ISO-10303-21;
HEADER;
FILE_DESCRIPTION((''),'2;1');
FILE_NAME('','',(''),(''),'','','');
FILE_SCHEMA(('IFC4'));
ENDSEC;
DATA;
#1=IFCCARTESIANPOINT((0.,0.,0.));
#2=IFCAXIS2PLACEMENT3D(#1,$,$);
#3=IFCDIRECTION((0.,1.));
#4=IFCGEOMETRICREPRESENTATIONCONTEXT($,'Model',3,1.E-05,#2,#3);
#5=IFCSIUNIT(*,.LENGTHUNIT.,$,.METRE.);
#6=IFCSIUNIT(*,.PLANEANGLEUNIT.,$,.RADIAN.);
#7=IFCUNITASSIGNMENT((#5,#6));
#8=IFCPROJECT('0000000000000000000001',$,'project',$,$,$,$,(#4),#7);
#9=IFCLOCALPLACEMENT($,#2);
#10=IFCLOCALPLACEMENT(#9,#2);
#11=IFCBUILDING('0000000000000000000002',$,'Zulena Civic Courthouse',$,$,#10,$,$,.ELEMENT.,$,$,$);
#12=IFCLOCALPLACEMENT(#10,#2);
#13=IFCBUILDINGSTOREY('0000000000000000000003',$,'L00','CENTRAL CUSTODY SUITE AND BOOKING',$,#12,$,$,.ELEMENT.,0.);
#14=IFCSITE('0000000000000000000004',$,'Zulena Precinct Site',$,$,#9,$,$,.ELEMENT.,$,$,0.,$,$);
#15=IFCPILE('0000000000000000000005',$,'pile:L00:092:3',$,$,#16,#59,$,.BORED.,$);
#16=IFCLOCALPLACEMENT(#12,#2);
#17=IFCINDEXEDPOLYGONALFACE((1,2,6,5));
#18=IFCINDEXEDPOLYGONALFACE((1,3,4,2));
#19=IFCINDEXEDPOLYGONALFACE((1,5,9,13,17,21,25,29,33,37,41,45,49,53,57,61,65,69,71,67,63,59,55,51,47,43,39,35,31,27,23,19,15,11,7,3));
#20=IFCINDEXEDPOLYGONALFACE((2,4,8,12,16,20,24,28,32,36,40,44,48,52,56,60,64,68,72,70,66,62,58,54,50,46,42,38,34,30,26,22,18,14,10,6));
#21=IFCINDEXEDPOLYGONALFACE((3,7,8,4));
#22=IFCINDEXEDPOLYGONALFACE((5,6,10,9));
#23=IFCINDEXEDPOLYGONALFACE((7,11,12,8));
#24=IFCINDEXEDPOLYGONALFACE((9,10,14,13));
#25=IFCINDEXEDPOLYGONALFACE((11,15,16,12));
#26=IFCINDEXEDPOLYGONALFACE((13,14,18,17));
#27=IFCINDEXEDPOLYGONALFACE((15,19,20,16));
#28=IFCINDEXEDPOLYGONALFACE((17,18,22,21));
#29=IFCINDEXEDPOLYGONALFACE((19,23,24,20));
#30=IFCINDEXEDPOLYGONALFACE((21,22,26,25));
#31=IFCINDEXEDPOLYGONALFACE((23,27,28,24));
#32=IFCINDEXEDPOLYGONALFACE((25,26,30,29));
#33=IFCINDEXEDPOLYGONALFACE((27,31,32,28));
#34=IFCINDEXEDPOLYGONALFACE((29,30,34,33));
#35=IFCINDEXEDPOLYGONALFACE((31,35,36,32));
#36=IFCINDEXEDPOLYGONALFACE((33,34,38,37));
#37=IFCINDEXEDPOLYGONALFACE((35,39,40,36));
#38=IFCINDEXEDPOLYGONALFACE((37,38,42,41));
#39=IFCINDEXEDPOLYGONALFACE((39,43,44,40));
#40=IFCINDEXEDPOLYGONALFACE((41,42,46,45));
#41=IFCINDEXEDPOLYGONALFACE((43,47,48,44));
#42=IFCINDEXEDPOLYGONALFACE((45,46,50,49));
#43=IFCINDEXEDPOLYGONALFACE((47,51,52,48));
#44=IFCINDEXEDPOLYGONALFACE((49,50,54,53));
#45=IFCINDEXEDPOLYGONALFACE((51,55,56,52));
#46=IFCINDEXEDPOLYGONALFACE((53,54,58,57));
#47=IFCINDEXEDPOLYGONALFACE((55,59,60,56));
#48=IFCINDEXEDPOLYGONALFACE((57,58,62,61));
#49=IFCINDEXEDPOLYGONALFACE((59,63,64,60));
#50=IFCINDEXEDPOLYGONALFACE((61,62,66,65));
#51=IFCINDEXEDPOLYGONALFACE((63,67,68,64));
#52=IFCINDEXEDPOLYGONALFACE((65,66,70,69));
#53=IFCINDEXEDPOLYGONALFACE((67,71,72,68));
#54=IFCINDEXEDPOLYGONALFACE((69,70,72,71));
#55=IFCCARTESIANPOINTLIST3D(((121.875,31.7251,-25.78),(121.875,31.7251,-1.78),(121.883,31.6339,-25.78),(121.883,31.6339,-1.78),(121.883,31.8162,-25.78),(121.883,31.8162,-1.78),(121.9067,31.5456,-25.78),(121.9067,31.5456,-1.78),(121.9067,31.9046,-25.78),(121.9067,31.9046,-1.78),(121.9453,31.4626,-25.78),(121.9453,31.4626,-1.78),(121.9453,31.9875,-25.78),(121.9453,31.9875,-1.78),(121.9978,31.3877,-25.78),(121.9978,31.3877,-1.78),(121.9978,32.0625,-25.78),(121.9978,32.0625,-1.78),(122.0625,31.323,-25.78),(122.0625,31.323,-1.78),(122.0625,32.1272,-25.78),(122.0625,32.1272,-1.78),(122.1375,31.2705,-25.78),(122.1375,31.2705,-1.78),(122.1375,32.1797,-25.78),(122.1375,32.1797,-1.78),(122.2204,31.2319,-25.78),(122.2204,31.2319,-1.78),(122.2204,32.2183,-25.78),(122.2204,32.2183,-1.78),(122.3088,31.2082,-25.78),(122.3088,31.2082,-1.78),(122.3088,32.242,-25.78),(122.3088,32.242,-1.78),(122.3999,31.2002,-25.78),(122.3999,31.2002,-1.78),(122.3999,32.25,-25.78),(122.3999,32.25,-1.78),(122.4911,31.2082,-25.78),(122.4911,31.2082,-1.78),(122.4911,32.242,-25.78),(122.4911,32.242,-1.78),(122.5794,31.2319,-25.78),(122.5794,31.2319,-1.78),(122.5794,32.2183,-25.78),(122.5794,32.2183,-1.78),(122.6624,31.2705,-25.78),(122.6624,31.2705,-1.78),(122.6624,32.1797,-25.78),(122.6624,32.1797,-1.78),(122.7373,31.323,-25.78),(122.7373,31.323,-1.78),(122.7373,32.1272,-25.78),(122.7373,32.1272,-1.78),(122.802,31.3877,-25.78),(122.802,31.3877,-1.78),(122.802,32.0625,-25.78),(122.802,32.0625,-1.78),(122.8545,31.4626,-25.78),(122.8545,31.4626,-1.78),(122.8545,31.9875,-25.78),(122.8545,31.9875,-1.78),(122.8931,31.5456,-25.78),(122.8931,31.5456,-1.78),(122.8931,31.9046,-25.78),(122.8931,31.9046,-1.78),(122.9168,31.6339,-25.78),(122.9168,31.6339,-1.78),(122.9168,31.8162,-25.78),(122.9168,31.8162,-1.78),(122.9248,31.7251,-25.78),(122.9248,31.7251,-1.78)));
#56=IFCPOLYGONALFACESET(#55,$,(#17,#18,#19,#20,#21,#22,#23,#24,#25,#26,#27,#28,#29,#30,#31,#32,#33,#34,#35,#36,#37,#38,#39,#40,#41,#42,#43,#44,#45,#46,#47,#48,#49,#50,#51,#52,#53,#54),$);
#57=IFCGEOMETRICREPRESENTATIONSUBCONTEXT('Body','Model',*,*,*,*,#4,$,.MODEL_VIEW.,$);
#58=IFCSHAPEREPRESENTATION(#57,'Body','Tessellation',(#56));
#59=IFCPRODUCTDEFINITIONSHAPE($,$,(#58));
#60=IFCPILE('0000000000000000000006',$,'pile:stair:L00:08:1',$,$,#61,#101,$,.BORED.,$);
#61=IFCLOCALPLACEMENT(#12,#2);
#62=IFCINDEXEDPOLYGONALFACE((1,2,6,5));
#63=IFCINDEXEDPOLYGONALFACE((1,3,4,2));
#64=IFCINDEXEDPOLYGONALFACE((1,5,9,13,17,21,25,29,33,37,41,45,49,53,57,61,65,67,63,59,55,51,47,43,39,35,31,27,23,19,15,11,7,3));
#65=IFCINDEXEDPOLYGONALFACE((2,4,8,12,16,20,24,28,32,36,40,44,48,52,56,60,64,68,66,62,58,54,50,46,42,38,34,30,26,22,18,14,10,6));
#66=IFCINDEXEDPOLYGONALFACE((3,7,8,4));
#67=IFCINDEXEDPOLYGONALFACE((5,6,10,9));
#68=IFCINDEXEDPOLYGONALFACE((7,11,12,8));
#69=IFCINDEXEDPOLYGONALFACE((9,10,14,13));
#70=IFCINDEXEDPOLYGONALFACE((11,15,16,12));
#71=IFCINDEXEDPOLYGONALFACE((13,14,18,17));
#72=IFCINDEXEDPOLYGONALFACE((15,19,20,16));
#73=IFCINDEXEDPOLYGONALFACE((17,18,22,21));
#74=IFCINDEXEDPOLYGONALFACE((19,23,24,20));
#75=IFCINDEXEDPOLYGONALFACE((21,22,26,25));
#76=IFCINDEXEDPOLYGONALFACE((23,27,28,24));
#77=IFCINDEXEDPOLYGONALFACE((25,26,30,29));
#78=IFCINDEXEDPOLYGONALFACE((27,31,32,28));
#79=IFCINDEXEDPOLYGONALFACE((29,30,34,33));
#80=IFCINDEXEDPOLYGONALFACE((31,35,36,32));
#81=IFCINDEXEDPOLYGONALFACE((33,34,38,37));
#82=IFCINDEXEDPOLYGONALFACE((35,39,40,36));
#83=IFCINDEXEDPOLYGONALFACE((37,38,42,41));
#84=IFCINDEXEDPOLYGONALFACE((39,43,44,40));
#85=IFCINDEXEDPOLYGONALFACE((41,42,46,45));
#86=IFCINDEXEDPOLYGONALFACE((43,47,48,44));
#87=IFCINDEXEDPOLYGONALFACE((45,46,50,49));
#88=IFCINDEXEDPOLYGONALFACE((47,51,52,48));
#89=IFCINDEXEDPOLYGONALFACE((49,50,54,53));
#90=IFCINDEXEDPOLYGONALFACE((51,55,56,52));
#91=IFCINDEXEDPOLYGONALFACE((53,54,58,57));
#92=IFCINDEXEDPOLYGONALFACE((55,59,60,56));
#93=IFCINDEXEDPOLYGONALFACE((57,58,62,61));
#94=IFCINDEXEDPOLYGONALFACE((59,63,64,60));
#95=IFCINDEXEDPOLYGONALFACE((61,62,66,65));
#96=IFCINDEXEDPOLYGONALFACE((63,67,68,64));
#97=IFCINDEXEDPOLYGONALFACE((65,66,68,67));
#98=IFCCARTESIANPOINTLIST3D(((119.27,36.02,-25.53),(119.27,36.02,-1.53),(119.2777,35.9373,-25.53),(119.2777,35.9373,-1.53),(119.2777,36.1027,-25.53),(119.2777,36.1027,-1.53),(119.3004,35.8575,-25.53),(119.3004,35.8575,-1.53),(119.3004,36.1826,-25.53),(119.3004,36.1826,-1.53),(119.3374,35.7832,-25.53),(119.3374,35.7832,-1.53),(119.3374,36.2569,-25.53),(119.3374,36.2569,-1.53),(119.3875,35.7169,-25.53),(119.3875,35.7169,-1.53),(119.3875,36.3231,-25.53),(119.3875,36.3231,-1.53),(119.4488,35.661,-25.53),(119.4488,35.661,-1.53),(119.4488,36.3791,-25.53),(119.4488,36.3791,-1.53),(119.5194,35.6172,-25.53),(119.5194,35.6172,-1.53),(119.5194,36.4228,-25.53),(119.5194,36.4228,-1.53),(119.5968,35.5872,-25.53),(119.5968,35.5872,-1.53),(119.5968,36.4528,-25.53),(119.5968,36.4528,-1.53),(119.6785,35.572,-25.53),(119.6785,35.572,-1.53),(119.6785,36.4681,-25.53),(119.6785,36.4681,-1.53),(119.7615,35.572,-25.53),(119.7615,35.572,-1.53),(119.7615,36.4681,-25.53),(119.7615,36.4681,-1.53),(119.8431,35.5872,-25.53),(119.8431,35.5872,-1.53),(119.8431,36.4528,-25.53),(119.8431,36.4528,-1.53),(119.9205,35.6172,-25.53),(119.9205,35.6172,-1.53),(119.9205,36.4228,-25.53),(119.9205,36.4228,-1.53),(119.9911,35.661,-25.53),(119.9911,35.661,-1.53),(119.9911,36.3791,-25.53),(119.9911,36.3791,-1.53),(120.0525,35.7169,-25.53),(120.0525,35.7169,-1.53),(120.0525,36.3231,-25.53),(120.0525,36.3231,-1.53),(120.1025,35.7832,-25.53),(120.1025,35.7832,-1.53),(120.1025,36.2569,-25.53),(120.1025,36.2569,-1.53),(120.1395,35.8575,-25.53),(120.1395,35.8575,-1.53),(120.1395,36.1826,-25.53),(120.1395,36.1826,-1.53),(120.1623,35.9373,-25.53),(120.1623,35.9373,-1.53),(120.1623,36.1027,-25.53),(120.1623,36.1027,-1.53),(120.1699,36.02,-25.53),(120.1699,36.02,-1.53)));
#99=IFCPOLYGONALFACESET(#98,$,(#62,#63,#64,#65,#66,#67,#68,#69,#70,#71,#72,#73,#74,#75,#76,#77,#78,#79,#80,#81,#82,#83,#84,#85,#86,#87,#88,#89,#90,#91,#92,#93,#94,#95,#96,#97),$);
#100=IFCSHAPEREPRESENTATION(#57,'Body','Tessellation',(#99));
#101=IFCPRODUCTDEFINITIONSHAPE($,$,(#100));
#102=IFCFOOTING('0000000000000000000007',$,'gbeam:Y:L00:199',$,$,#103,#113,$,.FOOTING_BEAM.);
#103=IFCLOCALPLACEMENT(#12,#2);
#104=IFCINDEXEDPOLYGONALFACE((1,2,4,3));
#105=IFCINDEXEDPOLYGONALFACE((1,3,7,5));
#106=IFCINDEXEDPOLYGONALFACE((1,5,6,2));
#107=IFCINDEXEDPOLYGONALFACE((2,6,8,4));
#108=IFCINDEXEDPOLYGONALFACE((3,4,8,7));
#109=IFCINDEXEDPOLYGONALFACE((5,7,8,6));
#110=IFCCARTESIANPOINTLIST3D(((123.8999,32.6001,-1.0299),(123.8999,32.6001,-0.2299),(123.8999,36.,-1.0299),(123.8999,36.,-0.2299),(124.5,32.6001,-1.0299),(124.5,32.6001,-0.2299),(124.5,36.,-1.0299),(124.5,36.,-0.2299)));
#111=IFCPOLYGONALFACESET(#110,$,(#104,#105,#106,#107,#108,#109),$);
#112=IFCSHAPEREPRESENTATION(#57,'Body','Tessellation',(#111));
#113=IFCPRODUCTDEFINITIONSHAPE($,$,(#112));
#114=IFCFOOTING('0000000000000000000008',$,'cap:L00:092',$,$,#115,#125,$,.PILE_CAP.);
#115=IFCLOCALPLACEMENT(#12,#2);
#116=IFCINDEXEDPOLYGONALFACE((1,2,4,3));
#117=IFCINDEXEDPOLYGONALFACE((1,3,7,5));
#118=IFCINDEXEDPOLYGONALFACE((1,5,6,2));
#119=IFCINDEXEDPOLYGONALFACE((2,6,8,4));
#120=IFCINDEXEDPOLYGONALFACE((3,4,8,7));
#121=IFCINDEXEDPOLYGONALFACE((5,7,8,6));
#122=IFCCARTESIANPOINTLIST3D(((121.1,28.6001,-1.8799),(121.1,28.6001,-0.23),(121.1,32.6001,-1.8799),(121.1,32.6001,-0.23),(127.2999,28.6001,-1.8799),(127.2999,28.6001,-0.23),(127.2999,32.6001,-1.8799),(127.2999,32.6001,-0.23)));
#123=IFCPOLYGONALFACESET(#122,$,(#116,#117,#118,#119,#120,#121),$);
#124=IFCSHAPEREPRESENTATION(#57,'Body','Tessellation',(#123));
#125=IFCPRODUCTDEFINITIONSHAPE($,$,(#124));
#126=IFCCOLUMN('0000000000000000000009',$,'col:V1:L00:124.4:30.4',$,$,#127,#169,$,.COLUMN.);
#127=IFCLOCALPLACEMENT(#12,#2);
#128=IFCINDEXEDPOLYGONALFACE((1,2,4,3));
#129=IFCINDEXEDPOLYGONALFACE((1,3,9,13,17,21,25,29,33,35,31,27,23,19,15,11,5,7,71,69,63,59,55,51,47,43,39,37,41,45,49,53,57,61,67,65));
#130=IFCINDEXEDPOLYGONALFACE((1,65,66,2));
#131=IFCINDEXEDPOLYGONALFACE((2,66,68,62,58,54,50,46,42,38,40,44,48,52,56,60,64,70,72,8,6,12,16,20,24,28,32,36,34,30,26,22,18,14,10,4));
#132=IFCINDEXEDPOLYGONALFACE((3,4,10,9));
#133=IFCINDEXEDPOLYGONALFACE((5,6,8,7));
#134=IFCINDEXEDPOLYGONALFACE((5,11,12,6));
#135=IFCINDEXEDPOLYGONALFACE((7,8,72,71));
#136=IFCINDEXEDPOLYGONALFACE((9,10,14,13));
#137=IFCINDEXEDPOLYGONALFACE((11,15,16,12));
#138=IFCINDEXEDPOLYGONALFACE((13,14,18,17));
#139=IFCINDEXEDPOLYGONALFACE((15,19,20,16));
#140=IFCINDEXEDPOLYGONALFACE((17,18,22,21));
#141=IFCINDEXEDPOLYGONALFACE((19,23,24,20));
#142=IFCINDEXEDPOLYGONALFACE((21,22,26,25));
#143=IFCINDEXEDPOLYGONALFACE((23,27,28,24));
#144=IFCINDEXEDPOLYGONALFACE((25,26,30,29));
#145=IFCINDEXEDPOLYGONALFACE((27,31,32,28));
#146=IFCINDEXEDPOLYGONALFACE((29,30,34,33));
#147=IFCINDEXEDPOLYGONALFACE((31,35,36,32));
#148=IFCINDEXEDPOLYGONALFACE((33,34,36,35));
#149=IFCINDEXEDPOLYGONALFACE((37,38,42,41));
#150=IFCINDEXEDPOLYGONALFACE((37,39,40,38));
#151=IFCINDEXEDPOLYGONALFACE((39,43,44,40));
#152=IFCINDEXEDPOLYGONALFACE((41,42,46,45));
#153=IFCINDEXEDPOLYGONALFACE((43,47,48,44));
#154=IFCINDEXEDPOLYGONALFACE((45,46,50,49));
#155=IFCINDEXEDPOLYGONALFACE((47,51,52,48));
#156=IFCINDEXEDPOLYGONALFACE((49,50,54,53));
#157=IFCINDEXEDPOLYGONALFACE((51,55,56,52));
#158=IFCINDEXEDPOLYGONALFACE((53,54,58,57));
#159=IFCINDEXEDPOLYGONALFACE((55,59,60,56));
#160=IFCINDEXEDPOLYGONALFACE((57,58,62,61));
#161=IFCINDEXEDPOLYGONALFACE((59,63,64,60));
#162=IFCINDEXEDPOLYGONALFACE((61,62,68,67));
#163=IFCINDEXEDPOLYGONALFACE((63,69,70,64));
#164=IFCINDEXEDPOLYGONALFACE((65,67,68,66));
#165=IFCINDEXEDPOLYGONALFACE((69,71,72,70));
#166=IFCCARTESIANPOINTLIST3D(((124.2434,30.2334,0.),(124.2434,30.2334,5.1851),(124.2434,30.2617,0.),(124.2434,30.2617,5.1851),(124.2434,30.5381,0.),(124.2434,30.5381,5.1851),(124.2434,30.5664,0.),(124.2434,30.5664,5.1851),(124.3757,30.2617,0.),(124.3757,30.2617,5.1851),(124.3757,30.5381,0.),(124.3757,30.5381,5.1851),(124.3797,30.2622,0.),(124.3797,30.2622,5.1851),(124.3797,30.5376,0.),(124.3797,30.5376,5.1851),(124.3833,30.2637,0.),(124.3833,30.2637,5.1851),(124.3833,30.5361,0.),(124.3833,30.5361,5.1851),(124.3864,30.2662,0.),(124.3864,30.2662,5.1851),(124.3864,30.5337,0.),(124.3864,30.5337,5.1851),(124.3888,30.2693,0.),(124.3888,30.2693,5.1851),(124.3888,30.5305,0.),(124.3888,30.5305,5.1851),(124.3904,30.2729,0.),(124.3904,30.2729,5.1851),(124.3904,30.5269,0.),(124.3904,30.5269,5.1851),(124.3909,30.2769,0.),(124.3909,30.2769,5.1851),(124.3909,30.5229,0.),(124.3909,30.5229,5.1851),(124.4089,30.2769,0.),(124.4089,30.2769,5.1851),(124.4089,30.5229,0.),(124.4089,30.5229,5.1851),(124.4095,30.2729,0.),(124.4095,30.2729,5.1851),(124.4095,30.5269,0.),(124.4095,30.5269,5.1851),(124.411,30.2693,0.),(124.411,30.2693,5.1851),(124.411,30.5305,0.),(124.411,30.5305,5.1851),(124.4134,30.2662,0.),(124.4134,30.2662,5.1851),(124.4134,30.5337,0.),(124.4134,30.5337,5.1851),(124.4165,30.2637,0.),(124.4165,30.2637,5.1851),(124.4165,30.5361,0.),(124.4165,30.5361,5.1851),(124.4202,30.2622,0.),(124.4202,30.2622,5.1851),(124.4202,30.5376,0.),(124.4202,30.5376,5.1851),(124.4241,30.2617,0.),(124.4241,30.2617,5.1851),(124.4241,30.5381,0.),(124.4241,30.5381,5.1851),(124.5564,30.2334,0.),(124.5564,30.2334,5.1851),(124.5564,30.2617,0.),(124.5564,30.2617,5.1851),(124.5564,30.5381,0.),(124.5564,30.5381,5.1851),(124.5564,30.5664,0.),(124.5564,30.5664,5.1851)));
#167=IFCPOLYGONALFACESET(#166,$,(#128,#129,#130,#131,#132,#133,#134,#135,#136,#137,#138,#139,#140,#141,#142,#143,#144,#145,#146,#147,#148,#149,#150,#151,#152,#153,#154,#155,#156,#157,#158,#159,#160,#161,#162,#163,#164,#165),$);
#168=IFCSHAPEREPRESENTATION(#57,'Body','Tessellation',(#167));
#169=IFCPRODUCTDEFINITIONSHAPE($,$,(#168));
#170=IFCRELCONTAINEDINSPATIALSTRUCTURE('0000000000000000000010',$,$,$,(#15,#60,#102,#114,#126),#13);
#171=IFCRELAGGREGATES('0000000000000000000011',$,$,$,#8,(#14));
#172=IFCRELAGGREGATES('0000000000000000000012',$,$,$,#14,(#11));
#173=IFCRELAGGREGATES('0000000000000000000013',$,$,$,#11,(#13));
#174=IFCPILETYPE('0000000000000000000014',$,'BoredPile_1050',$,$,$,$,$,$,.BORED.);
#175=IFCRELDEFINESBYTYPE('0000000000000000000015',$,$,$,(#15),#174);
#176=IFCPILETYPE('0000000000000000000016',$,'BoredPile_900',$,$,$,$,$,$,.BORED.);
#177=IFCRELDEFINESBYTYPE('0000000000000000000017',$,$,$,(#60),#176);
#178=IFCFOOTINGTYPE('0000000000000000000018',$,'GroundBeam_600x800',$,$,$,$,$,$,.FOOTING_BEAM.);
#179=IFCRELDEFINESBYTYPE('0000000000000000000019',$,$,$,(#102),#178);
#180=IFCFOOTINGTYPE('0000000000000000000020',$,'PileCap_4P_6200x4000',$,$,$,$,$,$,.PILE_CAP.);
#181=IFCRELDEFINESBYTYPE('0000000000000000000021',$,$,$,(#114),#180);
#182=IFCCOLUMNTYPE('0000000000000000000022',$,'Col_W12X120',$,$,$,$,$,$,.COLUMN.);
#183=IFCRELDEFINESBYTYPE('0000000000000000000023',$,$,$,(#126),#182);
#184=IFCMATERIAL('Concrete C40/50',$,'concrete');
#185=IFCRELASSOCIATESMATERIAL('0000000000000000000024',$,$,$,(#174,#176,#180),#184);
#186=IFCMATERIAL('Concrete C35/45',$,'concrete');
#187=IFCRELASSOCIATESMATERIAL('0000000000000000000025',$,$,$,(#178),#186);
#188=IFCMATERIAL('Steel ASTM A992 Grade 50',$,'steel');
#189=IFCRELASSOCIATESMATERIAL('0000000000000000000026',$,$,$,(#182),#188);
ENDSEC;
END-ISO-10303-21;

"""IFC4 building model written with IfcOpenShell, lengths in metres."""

from ifc_helpers import new_model, si_unit, direction, frame, origin, origin_2d, place, context, subcontext, project, spatial, rectangle, circle, i_section, extrude, material, material_profile, profile_set, type_object, element, save


model = new_model("IFC4")

# Units and contexts
model_context = context("Model", 3, precision=1e-05, world=origin(), true_north=direction((0.0, 1.0)))
body_context = subcontext(model_context, "Body", "Model", "MODEL_VIEW")
ifc_project = project(units=[si_unit("LENGTHUNIT", "METRE"), si_unit("PLANEANGLEUNIT", "RADIAN")], contexts=[model_context])

# Site, building, storey
site_placement = place(None, origin())
site = spatial("IfcSite", under=ifc_project, at=site_placement, Name="Zulena Precinct Site", CompositionType="ELEMENT", RefElevation=0.0)
building_placement = place(site_placement, origin())
building = spatial("IfcBuilding", under=site, at=building_placement, Name="Zulena Civic Courthouse", CompositionType="ELEMENT")
storey_placement = place(building_placement, origin())
storey = spatial("IfcBuildingStorey", under=building, at=storey_placement, Name="L00", Description="CENTRAL CUSTODY SUITE AND BOOKING", CompositionType="ELEMENT", Elevation=0.0)

# Piles
ifc_material_1 = material(Name="Concrete C40/50", Category="concrete")
ifc_material_profile_1 = material_profile(ifc_material_1, circle(Radius=0.5249, at=origin_2d()), Name="PILE1050")
ifc_profile_set_1 = profile_set([ifc_material_profile_1], Name="Concrete C40/50")
pile_type_1 = type_object("IfcPileType", Name="BoredPile_1050", PredefinedType="BORED", material=ifc_profile_set_1)
pile_1_placement = place(storey_placement, frame((122.3999, 31.7251, -1.78), z_axis=(0.0, 0.0, -1.0), x_axis=(1.0, 0.0, 0.0)))
element("IfcPile", 1, at=pile_1_placement, inside=storey, type_object=pile_type_1, Name="pile:L00:092:3", PredefinedType="BORED", context=body_context, shape_type="SweptSolid", body=[
    extrude(circle(Radius=0.5249, at=origin_2d()), origin(), (0.0, 0.0, 1.0), 24.0),
])
ifc_material_profile_2 = material_profile(ifc_material_1, circle(Radius=0.45, at=origin_2d()), Name="PILE900")
ifc_profile_set_2 = profile_set([ifc_material_profile_2], Name="Concrete C40/50")
pile_type_2 = type_object("IfcPileType", Name="BoredPile_900", PredefinedType="BORED", material=ifc_profile_set_2)
pile_2_placement = place(storey_placement, frame((119.72, 36.02, -1.53), z_axis=(0.0, 0.0, -1.0), x_axis=(1.0, 0.0, 0.0)))
element("IfcPile", 2, at=pile_2_placement, inside=storey, type_object=pile_type_2, Name="pile:stair:L00:08:1", PredefinedType="BORED", context=body_context, shape_type="SweptSolid", body=[
    extrude(circle(Radius=0.45, at=origin_2d()), origin(), (0.0, 0.0, 1.0), 24.0),
])

# Footings
ifc_material_2 = material(Name="Concrete C35/45", Category="concrete")
ifc_material_profile_3 = material_profile(ifc_material_2, rectangle(XDim=0.6001, YDim=0.8, at=origin_2d()), Name="RC600X800")
ifc_profile_set_3 = profile_set([ifc_material_profile_3], Name="Concrete C35/45")
footing_type_1 = type_object("IfcFootingType", Name="GroundBeam_600x800", PredefinedType="FOOTING_BEAM", material=ifc_profile_set_3)
footing_1_placement = place(storey_placement, frame((124.2, 32.6001, -0.6299), z_axis=(0.0, 1.0, 0.0), x_axis=(-1.0, 0.0, 0.0)))
element("IfcFooting", 3, at=footing_1_placement, inside=storey, type_object=footing_type_1, Name="gbeam:Y:L00:199", PredefinedType="FOOTING_BEAM", context=body_context, shape_type="SweptSolid", body=[
    extrude(rectangle(XDim=0.6001, YDim=0.8, at=origin_2d()), origin(), (0.0, 0.0, 1.0), 3.3999),
])
footing_type_2 = type_object("IfcFootingType", Name="PileCap_4P_6200x4000", PredefinedType="PILE_CAP", material=ifc_material_1)
footing_2_placement = place(storey_placement, frame((124.2, 30.6001, -1.8799), z_axis=(0.0, 0.0, 1.0), x_axis=(1.0, 0.0, 0.0)))
element("IfcFooting", 4, at=footing_2_placement, inside=storey, type_object=footing_type_2, Name="cap:L00:092", PredefinedType="PILE_CAP", context=body_context, shape_type="SweptSolid", body=[
    extrude(rectangle(XDim=6.2, YDim=4.0, at=origin_2d()), origin(), (0.0, 0.0, 1.0), 1.6499),
])

# Column
ifc_material_3 = material(Name="Steel ASTM A992 Grade 50", Category="steel")
ifc_material_profile_4 = material_profile(ifc_material_3, i_section(OverallWidth=0.313, OverallDepth=0.333, WebThickness=0.0181, FlangeThickness=0.0283, FilletRadius=0.0151, at=origin_2d()), Name="W12X120")
ifc_profile_set_4 = profile_set([ifc_material_profile_4], Name="Steel ASTM A992 Grade 50")
column_type = type_object("IfcColumnType", Name="Col_W12X120", PredefinedType="COLUMN", material=ifc_profile_set_4)
for number, where, z_axis, x_axis, name in (
    (5, (124.3999, 30.3999, 0.0), (0.0, 0.0, 1.0), (1.0, 0.0, 0.0), "col:V1:L00:124.4:30.4"),
):
    element("IfcColumn", number, at=place(storey_placement, frame(where, z_axis=z_axis, x_axis=x_axis)), inside=storey, type_object=column_type, Name=name, PredefinedType="COLUMN", context=body_context, shape_type="SweptSolid", body=[
        extrude(i_section(OverallWidth=0.313, OverallDepth=0.333, WebThickness=0.0181, FlangeThickness=0.0283, FilletRadius=0.0151, at=origin_2d()), origin(), (0.0, 0.0, 1.0), 5.1851),
    ])

save(model, "model.ifc")
